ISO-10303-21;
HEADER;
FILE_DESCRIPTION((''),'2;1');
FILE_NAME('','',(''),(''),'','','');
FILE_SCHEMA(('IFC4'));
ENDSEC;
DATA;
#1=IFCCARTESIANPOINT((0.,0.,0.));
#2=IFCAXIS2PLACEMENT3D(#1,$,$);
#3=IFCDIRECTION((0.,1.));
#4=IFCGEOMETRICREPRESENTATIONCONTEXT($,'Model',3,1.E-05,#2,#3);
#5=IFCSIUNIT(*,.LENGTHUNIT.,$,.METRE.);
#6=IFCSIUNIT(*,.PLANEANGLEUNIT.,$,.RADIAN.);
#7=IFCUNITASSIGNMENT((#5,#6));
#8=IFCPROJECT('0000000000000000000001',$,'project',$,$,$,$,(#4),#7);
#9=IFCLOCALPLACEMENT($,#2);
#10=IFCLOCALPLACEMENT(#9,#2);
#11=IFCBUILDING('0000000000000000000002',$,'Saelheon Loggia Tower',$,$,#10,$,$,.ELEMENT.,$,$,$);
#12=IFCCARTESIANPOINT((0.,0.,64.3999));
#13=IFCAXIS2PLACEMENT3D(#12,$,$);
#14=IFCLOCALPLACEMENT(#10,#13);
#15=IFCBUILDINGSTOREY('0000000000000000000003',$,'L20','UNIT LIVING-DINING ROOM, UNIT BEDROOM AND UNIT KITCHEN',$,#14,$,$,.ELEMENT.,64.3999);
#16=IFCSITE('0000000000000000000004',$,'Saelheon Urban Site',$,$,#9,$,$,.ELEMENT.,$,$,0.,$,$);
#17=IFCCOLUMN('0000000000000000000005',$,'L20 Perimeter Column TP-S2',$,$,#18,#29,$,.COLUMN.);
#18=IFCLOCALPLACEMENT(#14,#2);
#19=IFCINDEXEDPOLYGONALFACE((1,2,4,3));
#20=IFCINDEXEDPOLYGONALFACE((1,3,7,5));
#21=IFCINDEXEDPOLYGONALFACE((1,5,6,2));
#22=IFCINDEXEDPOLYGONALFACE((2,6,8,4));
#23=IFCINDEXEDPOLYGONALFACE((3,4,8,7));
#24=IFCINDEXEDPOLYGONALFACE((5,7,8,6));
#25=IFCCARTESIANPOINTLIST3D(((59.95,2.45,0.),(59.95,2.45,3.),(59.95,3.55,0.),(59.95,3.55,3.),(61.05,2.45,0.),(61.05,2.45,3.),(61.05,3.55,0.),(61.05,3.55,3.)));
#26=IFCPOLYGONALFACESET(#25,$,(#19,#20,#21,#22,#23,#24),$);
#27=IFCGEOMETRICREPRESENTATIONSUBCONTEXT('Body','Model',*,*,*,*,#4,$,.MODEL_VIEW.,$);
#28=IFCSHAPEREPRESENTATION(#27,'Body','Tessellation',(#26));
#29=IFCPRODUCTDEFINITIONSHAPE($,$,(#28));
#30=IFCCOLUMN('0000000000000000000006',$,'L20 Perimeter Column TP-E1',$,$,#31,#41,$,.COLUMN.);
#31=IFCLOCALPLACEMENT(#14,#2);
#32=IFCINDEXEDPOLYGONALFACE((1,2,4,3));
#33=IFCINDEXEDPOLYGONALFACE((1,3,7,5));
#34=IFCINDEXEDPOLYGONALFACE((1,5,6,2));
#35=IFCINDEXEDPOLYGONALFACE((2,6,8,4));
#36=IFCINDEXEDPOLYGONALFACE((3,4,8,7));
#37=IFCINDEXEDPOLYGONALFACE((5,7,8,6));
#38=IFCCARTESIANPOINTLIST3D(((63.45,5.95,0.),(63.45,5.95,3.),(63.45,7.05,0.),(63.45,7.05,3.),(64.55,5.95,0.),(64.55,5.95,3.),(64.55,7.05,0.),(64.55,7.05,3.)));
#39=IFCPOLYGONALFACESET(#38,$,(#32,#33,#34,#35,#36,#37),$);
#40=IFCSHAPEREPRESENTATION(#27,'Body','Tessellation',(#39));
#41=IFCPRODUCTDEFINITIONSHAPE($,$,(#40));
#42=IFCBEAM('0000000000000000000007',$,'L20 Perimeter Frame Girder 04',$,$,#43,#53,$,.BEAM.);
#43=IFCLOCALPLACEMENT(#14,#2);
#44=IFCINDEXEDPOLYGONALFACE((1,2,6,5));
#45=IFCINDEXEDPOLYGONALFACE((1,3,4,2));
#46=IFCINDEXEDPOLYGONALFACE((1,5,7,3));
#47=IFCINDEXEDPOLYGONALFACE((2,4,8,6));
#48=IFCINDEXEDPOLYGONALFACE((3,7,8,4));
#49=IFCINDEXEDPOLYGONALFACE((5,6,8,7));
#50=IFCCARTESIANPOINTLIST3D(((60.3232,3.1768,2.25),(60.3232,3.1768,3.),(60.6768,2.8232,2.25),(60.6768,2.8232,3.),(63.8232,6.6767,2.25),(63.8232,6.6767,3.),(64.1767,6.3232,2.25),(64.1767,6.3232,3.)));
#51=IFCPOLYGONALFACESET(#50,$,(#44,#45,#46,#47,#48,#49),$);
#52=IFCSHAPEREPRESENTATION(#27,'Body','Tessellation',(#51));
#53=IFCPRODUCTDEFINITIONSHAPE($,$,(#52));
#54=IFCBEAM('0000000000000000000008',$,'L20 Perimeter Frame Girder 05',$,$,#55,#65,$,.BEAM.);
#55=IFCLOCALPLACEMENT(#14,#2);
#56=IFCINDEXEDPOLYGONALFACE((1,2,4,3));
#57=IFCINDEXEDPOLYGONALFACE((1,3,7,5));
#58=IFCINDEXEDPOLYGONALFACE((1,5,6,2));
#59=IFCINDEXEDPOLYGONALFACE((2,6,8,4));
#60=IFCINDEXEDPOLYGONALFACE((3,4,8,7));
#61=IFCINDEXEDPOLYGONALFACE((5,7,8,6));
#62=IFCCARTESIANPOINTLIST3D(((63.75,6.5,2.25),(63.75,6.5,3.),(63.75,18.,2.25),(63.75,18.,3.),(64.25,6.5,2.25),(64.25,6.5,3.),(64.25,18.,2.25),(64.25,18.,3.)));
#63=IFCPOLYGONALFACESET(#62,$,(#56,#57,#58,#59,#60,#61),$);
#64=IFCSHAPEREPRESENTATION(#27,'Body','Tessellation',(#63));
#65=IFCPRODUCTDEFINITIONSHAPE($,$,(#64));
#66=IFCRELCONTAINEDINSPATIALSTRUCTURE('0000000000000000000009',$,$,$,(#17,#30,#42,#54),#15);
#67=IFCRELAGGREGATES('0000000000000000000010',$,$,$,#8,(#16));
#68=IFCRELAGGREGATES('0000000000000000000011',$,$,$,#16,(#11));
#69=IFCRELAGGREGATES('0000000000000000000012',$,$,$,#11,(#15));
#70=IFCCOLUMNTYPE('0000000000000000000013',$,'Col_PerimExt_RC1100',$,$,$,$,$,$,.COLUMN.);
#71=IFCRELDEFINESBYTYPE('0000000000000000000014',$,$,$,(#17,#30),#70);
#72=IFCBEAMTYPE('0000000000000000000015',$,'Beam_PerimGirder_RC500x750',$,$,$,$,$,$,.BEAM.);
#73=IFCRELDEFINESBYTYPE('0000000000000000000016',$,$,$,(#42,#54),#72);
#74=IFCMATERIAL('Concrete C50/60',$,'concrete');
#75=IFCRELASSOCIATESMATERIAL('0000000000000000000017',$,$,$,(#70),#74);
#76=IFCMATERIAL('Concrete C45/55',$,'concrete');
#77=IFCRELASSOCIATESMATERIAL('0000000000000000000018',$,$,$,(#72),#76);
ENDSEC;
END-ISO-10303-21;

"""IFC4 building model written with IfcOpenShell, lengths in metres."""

from ifc_helpers import new_model, si_unit, direction, frame, origin, origin_2d, place, context, subcontext, project, spatial, rectangle, extrude, source, transform, mapped, material, material_profile, profile_set, type_object, element, save


model = new_model("IFC4")

# Units and contexts
model_context = context("Model", 3, precision=1e-05, world=origin(), true_north=direction((0.0, 1.0)))
body_context = subcontext(model_context, "Body", "Model", "MODEL_VIEW")
ifc_project = project(units=[si_unit("LENGTHUNIT", "METRE"), si_unit("PLANEANGLEUNIT", "RADIAN")], contexts=[model_context])

# Site, building, storey
site_placement = place(None, origin())
site = spatial("IfcSite", under=ifc_project, at=site_placement, Name="Saelheon Urban Site", CompositionType="ELEMENT", RefElevation=0.0)
building_placement = place(site_placement, origin())
building = spatial("IfcBuilding", under=site, at=building_placement, Name="Saelheon Loggia Tower", CompositionType="ELEMENT")
storey_placement = place(building_placement, frame((0.0, 0.0, 64.3999)))
storey = spatial("IfcBuildingStorey", under=building, at=storey_placement, Name="L20", Description="UNIT LIVING-DINING ROOM, UNIT BEDROOM AND UNIT KITCHEN", CompositionType="ELEMENT", Elevation=64.3999)

# Columns
ifc_material_1 = material(Name="Concrete C50/60", Category="concrete")
ifc_material_profile_1 = material_profile(ifc_material_1, rectangle(XDim=1.1001, YDim=1.1001, at=origin_2d()), Name="RC-1100x1100")
ifc_profile_set_1 = profile_set([ifc_material_profile_1], Name="Concrete C50/60")
column_type = type_object("IfcColumnType", Name="Col_PerimExt_RC1100", PredefinedType="COLUMN", material=ifc_profile_set_1)
shared_shape_1 = source(origin(), body_context, "Body", "SweptSolid", [
    extrude(rectangle(XDim=1.1001, YDim=1.1001, at=origin_2d()), origin(), (0.0, 0.0, 1.0), 3.0),
])
for number, where, z_axis, x_axis, name in (
    (1, (60.5, 3.0, 0.0), (0.0, 0.0, 1.0), (1.0, 0.0, 0.0), "L20 Perimeter Column TP-S2"),
    (2, (64.0, 6.5, 0.0), (0.0, 0.0, 1.0), (1.0, 0.0, 0.0), "L20 Perimeter Column TP-E1"),
):
    element("IfcColumn", number, at=place(storey_placement, frame(where, z_axis=z_axis, x_axis=x_axis)), inside=storey, type_object=column_type, Name=name, PredefinedType="COLUMN", context=body_context, shape_type="MappedRepresentation", body=[
        mapped(shared_shape_1, transform((0.0, 0.0, 0.0), scale=1.0)),
    ])

# Beams
ifc_material_2 = material(Name="Concrete C45/55", Category="concrete")
ifc_material_profile_2 = material_profile(ifc_material_2, rectangle(XDim=0.5, YDim=0.75, at=origin_2d()), Name="RC-500x750")
ifc_profile_set_2 = profile_set([ifc_material_profile_2], Name="Concrete C45/55")
beam_type = type_object("IfcBeamType", Name="Beam_PerimGirder_RC500x750", PredefinedType="BEAM", material=ifc_profile_set_2)
shared_shape_2 = source(origin(), body_context, "Body", "SweptSolid", [
    extrude(rectangle(XDim=0.5, YDim=0.75, at=origin_2d()), origin(), (0.0, 0.0, 1.0), 4.9497),
])
beam_1_placement = place(storey_placement, frame((60.5, 3.0, 2.625), z_axis=(0.707107, 0.707107, 0.0), x_axis=(-0.707107, 0.707107, 0.0)))
element("IfcBeam", 3, at=beam_1_placement, inside=storey, type_object=beam_type, Name="L20 Perimeter Frame Girder 04", PredefinedType="BEAM", context=body_context, shape_type="MappedRepresentation", body=[
    mapped(shared_shape_2, transform((0.0, 0.0, 0.0), scale=1.0)),
])
shared_shape_3 = source(origin(), body_context, "Body", "SweptSolid", [
    extrude(rectangle(XDim=0.5, YDim=0.75, at=origin_2d()), origin(), (0.0, 0.0, 1.0), 11.5),
])
beam_2_placement = place(storey_placement, frame((64.0, 6.5, 2.625), z_axis=(0.0, 1.0, 0.0), x_axis=(-1.0, 0.0, 0.0)))
element("IfcBeam", 4, at=beam_2_placement, inside=storey, type_object=beam_type, Name="L20 Perimeter Frame Girder 05", PredefinedType="BEAM", context=body_context, shape_type="MappedRepresentation", body=[
    mapped(shared_shape_3, transform((0.0, 0.0, 0.0), scale=1.0)),
])

save(model, "model.ifc")
